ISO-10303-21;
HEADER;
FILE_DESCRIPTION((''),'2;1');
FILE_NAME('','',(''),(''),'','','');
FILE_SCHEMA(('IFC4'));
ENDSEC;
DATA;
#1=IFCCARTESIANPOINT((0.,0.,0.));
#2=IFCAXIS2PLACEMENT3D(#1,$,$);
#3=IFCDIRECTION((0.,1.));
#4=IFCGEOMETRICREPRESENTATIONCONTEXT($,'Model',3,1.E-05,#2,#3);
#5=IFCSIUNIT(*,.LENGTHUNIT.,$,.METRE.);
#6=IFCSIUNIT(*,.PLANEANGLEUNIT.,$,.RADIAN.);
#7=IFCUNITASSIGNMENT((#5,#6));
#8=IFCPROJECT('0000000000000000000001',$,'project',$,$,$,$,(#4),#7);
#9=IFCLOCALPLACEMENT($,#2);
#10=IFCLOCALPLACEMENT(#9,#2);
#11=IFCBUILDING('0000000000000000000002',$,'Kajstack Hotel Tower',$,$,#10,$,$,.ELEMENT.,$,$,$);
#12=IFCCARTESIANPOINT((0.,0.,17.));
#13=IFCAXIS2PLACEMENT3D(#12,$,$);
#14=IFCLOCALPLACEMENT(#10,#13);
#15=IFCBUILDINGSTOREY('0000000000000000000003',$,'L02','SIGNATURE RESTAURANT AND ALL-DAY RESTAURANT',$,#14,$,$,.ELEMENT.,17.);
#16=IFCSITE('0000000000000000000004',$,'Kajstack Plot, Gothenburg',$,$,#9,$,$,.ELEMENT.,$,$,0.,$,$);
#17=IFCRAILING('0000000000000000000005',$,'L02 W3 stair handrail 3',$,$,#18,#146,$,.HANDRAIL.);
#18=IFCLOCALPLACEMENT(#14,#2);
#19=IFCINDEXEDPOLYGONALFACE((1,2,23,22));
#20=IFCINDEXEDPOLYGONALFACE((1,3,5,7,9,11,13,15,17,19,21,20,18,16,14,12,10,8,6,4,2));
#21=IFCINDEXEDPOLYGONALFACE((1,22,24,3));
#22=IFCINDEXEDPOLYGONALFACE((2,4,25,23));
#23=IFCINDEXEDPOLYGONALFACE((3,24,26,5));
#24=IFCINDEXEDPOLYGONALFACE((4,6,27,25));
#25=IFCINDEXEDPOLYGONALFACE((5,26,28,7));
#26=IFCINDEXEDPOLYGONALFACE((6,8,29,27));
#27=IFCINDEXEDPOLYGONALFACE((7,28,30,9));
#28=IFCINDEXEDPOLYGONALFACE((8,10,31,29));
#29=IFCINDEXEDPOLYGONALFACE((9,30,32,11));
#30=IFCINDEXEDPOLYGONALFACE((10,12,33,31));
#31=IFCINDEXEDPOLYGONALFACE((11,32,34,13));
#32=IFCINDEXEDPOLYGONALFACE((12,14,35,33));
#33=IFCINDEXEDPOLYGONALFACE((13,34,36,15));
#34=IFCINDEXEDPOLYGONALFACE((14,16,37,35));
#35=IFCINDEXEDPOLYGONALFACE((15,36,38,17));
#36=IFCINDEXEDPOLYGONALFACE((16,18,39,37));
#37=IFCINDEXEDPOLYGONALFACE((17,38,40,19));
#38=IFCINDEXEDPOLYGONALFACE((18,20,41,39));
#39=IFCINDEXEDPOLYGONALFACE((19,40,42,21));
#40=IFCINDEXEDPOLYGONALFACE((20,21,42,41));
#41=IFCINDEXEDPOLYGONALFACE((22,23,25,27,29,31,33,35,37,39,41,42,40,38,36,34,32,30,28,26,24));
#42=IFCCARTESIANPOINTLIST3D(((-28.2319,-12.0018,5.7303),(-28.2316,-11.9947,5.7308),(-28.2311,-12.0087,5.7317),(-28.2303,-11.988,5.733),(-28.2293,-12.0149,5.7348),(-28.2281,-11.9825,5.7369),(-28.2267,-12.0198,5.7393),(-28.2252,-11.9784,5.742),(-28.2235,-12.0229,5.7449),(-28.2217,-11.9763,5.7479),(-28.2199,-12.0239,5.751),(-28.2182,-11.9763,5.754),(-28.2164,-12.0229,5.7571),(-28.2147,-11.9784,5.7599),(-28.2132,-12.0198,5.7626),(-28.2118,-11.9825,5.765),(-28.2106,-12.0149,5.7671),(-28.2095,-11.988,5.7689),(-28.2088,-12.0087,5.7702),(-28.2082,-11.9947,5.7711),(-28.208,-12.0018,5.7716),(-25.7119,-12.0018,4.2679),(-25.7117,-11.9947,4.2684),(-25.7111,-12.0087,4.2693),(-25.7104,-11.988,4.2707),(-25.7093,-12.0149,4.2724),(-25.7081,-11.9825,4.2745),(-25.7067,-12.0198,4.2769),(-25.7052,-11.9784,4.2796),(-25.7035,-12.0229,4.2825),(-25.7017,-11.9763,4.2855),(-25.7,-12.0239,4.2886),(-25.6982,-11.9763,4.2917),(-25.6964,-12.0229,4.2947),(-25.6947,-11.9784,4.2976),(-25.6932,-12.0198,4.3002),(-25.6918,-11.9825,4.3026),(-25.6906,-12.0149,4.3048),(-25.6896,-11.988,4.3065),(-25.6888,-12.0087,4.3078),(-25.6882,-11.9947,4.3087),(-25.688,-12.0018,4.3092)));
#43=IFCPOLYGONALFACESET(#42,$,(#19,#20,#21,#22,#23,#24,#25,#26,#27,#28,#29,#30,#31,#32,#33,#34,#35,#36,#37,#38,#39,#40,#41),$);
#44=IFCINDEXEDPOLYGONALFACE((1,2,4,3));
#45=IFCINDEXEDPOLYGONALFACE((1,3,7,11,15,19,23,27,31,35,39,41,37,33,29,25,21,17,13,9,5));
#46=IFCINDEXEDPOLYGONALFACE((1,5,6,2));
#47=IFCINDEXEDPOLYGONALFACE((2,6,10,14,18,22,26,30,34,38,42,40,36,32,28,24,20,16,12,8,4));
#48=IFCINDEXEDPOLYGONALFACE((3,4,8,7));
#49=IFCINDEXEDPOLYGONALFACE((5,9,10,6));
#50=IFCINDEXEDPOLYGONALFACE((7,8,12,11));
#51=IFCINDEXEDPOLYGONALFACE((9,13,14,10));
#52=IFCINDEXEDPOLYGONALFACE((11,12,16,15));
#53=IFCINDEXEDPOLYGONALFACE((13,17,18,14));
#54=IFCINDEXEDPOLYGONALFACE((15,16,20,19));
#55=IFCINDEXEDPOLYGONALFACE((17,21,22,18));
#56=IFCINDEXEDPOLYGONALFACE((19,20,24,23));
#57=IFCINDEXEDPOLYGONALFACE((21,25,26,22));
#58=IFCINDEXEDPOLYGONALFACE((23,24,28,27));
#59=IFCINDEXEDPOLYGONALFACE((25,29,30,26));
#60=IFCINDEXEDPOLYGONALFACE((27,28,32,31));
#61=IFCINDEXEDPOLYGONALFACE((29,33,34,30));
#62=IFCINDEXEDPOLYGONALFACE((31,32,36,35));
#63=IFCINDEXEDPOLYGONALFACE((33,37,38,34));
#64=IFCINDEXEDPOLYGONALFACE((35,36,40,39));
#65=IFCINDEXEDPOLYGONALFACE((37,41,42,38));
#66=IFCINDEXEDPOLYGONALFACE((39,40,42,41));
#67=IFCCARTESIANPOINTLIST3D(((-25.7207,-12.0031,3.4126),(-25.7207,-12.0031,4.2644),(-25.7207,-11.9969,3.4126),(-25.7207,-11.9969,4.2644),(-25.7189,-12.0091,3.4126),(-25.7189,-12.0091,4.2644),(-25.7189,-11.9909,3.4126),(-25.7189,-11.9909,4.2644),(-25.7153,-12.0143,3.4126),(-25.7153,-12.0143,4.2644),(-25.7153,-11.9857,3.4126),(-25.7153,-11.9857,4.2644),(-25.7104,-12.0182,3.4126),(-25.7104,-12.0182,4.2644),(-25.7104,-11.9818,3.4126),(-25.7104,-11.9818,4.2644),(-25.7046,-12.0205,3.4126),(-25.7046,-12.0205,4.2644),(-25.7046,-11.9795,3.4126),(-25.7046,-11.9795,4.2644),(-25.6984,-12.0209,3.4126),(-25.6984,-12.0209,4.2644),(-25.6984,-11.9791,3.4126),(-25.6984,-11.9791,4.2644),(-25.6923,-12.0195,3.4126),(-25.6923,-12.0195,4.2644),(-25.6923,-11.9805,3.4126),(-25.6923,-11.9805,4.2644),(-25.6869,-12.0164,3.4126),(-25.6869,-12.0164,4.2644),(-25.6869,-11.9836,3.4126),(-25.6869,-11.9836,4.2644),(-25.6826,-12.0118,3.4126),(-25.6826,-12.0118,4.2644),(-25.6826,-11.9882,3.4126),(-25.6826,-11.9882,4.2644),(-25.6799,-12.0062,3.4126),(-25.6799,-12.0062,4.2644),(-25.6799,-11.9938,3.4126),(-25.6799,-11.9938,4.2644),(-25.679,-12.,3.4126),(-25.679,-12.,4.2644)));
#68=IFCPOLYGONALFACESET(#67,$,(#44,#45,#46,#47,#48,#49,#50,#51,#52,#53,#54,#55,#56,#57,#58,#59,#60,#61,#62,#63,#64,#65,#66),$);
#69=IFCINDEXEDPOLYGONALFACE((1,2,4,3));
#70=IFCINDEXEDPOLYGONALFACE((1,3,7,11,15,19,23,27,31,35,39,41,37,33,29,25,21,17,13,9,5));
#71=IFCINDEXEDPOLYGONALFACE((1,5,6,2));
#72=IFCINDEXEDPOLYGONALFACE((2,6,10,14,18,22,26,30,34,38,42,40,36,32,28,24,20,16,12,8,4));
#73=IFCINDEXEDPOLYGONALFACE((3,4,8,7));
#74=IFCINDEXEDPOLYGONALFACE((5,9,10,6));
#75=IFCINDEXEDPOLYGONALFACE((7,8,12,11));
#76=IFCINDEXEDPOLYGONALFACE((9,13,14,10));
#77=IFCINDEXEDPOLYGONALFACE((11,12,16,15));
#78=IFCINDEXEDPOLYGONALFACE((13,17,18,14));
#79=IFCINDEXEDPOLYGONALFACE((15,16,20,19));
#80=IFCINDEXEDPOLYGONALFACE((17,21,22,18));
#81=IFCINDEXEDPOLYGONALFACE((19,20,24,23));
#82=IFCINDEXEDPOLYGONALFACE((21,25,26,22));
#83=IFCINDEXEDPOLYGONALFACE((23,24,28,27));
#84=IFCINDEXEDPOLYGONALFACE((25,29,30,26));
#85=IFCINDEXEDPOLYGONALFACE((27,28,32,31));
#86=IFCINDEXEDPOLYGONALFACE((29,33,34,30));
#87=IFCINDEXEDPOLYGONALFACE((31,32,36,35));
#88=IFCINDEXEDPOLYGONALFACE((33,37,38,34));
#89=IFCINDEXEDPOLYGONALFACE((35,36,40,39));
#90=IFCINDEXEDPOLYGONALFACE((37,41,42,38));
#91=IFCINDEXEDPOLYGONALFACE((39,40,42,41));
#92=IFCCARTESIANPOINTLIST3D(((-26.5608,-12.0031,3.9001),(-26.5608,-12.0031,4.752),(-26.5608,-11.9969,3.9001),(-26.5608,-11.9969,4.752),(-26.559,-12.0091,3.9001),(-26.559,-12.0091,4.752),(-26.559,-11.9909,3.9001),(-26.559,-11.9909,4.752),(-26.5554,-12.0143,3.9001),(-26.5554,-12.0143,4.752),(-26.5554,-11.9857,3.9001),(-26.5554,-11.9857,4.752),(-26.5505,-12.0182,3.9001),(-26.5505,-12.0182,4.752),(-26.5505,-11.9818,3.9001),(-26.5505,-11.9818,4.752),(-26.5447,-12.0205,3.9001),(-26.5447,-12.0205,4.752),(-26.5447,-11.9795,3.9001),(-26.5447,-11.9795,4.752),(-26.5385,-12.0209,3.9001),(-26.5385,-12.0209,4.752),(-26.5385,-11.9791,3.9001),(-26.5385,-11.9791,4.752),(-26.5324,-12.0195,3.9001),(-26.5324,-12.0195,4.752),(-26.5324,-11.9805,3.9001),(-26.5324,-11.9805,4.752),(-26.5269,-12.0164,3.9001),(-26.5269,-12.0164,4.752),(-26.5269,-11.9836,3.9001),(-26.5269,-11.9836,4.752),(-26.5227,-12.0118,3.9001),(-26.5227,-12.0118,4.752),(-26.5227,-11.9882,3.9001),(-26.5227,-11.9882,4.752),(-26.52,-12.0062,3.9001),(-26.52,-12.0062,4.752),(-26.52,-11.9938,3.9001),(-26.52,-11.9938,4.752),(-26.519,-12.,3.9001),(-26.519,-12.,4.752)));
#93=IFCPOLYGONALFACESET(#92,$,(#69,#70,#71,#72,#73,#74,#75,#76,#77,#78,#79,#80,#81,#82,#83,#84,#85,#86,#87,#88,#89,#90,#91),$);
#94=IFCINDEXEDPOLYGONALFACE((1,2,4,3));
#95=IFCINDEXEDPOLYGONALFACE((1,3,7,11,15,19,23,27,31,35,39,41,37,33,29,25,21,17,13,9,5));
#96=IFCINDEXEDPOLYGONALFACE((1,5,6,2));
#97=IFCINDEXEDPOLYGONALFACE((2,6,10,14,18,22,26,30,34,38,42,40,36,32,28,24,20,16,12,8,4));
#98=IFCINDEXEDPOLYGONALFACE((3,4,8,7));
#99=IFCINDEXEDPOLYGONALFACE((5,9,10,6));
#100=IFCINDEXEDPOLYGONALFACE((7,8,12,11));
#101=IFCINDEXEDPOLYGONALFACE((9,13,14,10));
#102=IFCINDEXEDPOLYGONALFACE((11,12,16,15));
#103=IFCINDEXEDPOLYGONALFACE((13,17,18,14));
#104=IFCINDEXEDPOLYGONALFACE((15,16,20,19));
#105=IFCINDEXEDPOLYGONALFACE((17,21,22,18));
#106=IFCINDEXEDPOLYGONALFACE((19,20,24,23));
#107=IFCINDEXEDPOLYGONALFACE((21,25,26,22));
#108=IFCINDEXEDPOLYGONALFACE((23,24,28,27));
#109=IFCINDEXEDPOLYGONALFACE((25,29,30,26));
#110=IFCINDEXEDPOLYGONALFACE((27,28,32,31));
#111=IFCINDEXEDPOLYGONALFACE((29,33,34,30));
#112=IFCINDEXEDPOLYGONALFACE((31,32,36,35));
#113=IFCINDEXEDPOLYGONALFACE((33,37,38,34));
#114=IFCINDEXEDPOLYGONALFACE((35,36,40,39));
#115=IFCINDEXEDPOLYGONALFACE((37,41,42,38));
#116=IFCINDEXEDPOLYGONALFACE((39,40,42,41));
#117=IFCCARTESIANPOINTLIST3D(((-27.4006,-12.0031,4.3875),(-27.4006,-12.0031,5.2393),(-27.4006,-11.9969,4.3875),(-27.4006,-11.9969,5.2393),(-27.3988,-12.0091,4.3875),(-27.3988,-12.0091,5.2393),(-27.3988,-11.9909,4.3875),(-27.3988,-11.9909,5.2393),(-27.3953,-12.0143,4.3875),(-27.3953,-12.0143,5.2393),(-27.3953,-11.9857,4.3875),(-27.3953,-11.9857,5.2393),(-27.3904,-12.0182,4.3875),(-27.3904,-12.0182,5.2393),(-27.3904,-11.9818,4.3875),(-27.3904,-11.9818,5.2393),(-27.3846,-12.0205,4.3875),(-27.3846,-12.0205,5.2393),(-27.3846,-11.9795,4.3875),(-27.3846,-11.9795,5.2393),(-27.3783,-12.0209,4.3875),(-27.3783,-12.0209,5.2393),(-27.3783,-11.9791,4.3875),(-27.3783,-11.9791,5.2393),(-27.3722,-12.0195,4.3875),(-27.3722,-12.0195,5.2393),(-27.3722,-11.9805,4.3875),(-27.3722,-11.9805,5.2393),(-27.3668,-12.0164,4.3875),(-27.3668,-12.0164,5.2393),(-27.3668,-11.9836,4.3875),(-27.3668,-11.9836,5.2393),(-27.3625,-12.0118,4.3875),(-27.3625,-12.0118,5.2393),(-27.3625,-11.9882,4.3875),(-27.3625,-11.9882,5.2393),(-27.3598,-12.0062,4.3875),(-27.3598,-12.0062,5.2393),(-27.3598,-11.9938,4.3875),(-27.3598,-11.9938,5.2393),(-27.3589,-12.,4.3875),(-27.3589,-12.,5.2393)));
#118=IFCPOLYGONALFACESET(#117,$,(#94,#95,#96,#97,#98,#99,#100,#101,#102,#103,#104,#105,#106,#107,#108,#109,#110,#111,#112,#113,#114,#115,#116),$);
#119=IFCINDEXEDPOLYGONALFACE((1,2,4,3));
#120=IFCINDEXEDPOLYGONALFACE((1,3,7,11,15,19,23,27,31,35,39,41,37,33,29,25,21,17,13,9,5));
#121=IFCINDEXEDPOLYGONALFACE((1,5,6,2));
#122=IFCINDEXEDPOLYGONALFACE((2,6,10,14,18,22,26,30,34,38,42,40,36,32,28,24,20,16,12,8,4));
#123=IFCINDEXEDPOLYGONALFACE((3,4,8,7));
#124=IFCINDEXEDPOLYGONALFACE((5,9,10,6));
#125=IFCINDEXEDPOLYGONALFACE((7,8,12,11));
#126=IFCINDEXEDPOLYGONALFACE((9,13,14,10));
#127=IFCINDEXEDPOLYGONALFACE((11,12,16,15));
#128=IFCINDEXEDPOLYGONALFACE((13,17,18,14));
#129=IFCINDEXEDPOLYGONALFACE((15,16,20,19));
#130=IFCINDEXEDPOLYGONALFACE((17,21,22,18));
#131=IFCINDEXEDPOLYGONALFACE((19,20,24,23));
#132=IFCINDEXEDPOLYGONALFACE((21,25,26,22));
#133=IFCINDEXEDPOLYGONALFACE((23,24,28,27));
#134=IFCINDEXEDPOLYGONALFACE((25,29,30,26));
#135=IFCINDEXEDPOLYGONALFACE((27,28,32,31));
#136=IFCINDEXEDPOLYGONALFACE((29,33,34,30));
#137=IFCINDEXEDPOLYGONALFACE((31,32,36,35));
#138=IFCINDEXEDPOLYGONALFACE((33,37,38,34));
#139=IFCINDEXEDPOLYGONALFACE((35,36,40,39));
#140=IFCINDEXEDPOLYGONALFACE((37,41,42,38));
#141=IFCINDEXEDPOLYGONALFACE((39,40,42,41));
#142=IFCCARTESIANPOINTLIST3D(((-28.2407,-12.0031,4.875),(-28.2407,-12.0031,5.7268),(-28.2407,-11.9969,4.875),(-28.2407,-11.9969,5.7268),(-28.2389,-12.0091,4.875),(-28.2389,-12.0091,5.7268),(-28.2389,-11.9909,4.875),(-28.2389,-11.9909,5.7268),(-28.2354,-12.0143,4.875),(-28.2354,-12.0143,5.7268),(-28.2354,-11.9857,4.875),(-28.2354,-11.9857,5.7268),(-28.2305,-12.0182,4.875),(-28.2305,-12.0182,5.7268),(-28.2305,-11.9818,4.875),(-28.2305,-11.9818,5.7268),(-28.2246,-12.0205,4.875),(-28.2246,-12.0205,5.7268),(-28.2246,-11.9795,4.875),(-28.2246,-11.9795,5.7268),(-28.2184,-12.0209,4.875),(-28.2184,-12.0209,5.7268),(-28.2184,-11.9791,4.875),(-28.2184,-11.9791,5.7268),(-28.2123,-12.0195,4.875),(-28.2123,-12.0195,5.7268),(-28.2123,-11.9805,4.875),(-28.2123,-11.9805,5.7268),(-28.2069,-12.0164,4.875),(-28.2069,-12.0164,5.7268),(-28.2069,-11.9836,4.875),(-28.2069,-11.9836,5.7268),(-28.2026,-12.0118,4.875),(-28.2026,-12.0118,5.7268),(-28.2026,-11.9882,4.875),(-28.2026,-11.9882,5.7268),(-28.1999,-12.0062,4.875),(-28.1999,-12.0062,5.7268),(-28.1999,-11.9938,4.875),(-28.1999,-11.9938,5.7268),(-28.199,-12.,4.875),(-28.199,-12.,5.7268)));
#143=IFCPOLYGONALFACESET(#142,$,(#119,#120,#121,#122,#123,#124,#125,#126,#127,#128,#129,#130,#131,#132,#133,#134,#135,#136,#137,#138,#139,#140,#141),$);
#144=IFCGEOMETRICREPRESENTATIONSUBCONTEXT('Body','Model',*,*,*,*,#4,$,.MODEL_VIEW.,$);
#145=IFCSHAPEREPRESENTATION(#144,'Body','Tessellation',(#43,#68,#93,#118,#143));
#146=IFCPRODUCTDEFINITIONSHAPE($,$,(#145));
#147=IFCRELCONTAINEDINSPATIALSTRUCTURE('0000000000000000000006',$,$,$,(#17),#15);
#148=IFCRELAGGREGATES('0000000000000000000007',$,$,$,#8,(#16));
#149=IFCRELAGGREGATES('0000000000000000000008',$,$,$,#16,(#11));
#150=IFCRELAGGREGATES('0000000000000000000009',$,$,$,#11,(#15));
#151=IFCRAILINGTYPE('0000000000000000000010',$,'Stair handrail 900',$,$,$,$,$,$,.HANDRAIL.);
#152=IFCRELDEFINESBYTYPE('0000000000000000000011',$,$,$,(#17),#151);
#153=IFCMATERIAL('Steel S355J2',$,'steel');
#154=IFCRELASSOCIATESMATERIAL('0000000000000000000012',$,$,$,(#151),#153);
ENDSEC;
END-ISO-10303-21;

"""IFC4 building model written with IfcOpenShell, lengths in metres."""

from ifc_helpers import new_model, si_unit, direction, frame, origin, origin_2d, place, context, subcontext, project, spatial, circle, extrude, material, type_object, element, save


model = new_model("IFC4")

# Units and contexts
model_context = context("Model", 3, precision=1e-05, world=origin(), true_north=direction((0.0, 1.0)))
body_context = subcontext(model_context, "Body", "Model", "MODEL_VIEW")
ifc_project = project(units=[si_unit("LENGTHUNIT", "METRE"), si_unit("PLANEANGLEUNIT", "RADIAN")], contexts=[model_context])

# Site, building, storey
site_placement = place(None, origin())
site = spatial("IfcSite", under=ifc_project, at=site_placement, Name="Kajstack Plot, Gothenburg", CompositionType="ELEMENT", RefElevation=0.0)
building_placement = place(site_placement, origin())
building = spatial("IfcBuilding", under=site, at=building_placement, Name="Kajstack Hotel Tower", CompositionType="ELEMENT")
storey_placement = place(building_placement, frame((0.0, 0.0, 17.0)))
storey = spatial("IfcBuildingStorey", under=building, at=storey_placement, Name="L02", Description="SIGNATURE RESTAURANT AND ALL-DAY RESTAURANT", CompositionType="ELEMENT", Elevation=17.0)

# Railing
ifc_material_1 = material(Name="Steel S355J2", Category="steel")
railing_type = type_object("IfcRailingType", Name="Stair handrail 900", PredefinedType="HANDRAIL", material=ifc_material_1)
railing_placement = place(storey_placement, frame((-25.7, -12.0, 3.4126)))
element("IfcRailing", 1, at=railing_placement, inside=storey, type_object=railing_type, Name="L02 W3 stair handrail 3", PredefinedType="HANDRAIL", context=body_context, shape_type="SweptSolid", body=[
    extrude(circle(Radius=0.0239, at=origin_2d()), frame((0.0, 0.0, 0.876), z_axis=(-0.864913, 0.0, 0.501921), x_axis=(0.0, -1.0, 0.0)), (0.0, 0.0, 1.0), 2.9136),
    extrude(circle(Radius=0.021, at=origin_2d()), origin(), (0.0, 0.0, 1.0), 0.8518),
    extrude(circle(Radius=0.021, at=origin_2d()), frame((-0.8401, 0.0, 0.4875)), (0.0, 0.0, 1.0), 0.8518),
    extrude(circle(Radius=0.021, at=origin_2d()), frame((-1.6799, 0.0, 0.9749)), (0.0, 0.0, 1.0), 0.8518),
    extrude(circle(Radius=0.021, at=origin_2d()), frame((-2.52, 0.0, 1.4624)), (0.0, 0.0, 1.0), 0.8518),
])

save(model, "model.ifc")
